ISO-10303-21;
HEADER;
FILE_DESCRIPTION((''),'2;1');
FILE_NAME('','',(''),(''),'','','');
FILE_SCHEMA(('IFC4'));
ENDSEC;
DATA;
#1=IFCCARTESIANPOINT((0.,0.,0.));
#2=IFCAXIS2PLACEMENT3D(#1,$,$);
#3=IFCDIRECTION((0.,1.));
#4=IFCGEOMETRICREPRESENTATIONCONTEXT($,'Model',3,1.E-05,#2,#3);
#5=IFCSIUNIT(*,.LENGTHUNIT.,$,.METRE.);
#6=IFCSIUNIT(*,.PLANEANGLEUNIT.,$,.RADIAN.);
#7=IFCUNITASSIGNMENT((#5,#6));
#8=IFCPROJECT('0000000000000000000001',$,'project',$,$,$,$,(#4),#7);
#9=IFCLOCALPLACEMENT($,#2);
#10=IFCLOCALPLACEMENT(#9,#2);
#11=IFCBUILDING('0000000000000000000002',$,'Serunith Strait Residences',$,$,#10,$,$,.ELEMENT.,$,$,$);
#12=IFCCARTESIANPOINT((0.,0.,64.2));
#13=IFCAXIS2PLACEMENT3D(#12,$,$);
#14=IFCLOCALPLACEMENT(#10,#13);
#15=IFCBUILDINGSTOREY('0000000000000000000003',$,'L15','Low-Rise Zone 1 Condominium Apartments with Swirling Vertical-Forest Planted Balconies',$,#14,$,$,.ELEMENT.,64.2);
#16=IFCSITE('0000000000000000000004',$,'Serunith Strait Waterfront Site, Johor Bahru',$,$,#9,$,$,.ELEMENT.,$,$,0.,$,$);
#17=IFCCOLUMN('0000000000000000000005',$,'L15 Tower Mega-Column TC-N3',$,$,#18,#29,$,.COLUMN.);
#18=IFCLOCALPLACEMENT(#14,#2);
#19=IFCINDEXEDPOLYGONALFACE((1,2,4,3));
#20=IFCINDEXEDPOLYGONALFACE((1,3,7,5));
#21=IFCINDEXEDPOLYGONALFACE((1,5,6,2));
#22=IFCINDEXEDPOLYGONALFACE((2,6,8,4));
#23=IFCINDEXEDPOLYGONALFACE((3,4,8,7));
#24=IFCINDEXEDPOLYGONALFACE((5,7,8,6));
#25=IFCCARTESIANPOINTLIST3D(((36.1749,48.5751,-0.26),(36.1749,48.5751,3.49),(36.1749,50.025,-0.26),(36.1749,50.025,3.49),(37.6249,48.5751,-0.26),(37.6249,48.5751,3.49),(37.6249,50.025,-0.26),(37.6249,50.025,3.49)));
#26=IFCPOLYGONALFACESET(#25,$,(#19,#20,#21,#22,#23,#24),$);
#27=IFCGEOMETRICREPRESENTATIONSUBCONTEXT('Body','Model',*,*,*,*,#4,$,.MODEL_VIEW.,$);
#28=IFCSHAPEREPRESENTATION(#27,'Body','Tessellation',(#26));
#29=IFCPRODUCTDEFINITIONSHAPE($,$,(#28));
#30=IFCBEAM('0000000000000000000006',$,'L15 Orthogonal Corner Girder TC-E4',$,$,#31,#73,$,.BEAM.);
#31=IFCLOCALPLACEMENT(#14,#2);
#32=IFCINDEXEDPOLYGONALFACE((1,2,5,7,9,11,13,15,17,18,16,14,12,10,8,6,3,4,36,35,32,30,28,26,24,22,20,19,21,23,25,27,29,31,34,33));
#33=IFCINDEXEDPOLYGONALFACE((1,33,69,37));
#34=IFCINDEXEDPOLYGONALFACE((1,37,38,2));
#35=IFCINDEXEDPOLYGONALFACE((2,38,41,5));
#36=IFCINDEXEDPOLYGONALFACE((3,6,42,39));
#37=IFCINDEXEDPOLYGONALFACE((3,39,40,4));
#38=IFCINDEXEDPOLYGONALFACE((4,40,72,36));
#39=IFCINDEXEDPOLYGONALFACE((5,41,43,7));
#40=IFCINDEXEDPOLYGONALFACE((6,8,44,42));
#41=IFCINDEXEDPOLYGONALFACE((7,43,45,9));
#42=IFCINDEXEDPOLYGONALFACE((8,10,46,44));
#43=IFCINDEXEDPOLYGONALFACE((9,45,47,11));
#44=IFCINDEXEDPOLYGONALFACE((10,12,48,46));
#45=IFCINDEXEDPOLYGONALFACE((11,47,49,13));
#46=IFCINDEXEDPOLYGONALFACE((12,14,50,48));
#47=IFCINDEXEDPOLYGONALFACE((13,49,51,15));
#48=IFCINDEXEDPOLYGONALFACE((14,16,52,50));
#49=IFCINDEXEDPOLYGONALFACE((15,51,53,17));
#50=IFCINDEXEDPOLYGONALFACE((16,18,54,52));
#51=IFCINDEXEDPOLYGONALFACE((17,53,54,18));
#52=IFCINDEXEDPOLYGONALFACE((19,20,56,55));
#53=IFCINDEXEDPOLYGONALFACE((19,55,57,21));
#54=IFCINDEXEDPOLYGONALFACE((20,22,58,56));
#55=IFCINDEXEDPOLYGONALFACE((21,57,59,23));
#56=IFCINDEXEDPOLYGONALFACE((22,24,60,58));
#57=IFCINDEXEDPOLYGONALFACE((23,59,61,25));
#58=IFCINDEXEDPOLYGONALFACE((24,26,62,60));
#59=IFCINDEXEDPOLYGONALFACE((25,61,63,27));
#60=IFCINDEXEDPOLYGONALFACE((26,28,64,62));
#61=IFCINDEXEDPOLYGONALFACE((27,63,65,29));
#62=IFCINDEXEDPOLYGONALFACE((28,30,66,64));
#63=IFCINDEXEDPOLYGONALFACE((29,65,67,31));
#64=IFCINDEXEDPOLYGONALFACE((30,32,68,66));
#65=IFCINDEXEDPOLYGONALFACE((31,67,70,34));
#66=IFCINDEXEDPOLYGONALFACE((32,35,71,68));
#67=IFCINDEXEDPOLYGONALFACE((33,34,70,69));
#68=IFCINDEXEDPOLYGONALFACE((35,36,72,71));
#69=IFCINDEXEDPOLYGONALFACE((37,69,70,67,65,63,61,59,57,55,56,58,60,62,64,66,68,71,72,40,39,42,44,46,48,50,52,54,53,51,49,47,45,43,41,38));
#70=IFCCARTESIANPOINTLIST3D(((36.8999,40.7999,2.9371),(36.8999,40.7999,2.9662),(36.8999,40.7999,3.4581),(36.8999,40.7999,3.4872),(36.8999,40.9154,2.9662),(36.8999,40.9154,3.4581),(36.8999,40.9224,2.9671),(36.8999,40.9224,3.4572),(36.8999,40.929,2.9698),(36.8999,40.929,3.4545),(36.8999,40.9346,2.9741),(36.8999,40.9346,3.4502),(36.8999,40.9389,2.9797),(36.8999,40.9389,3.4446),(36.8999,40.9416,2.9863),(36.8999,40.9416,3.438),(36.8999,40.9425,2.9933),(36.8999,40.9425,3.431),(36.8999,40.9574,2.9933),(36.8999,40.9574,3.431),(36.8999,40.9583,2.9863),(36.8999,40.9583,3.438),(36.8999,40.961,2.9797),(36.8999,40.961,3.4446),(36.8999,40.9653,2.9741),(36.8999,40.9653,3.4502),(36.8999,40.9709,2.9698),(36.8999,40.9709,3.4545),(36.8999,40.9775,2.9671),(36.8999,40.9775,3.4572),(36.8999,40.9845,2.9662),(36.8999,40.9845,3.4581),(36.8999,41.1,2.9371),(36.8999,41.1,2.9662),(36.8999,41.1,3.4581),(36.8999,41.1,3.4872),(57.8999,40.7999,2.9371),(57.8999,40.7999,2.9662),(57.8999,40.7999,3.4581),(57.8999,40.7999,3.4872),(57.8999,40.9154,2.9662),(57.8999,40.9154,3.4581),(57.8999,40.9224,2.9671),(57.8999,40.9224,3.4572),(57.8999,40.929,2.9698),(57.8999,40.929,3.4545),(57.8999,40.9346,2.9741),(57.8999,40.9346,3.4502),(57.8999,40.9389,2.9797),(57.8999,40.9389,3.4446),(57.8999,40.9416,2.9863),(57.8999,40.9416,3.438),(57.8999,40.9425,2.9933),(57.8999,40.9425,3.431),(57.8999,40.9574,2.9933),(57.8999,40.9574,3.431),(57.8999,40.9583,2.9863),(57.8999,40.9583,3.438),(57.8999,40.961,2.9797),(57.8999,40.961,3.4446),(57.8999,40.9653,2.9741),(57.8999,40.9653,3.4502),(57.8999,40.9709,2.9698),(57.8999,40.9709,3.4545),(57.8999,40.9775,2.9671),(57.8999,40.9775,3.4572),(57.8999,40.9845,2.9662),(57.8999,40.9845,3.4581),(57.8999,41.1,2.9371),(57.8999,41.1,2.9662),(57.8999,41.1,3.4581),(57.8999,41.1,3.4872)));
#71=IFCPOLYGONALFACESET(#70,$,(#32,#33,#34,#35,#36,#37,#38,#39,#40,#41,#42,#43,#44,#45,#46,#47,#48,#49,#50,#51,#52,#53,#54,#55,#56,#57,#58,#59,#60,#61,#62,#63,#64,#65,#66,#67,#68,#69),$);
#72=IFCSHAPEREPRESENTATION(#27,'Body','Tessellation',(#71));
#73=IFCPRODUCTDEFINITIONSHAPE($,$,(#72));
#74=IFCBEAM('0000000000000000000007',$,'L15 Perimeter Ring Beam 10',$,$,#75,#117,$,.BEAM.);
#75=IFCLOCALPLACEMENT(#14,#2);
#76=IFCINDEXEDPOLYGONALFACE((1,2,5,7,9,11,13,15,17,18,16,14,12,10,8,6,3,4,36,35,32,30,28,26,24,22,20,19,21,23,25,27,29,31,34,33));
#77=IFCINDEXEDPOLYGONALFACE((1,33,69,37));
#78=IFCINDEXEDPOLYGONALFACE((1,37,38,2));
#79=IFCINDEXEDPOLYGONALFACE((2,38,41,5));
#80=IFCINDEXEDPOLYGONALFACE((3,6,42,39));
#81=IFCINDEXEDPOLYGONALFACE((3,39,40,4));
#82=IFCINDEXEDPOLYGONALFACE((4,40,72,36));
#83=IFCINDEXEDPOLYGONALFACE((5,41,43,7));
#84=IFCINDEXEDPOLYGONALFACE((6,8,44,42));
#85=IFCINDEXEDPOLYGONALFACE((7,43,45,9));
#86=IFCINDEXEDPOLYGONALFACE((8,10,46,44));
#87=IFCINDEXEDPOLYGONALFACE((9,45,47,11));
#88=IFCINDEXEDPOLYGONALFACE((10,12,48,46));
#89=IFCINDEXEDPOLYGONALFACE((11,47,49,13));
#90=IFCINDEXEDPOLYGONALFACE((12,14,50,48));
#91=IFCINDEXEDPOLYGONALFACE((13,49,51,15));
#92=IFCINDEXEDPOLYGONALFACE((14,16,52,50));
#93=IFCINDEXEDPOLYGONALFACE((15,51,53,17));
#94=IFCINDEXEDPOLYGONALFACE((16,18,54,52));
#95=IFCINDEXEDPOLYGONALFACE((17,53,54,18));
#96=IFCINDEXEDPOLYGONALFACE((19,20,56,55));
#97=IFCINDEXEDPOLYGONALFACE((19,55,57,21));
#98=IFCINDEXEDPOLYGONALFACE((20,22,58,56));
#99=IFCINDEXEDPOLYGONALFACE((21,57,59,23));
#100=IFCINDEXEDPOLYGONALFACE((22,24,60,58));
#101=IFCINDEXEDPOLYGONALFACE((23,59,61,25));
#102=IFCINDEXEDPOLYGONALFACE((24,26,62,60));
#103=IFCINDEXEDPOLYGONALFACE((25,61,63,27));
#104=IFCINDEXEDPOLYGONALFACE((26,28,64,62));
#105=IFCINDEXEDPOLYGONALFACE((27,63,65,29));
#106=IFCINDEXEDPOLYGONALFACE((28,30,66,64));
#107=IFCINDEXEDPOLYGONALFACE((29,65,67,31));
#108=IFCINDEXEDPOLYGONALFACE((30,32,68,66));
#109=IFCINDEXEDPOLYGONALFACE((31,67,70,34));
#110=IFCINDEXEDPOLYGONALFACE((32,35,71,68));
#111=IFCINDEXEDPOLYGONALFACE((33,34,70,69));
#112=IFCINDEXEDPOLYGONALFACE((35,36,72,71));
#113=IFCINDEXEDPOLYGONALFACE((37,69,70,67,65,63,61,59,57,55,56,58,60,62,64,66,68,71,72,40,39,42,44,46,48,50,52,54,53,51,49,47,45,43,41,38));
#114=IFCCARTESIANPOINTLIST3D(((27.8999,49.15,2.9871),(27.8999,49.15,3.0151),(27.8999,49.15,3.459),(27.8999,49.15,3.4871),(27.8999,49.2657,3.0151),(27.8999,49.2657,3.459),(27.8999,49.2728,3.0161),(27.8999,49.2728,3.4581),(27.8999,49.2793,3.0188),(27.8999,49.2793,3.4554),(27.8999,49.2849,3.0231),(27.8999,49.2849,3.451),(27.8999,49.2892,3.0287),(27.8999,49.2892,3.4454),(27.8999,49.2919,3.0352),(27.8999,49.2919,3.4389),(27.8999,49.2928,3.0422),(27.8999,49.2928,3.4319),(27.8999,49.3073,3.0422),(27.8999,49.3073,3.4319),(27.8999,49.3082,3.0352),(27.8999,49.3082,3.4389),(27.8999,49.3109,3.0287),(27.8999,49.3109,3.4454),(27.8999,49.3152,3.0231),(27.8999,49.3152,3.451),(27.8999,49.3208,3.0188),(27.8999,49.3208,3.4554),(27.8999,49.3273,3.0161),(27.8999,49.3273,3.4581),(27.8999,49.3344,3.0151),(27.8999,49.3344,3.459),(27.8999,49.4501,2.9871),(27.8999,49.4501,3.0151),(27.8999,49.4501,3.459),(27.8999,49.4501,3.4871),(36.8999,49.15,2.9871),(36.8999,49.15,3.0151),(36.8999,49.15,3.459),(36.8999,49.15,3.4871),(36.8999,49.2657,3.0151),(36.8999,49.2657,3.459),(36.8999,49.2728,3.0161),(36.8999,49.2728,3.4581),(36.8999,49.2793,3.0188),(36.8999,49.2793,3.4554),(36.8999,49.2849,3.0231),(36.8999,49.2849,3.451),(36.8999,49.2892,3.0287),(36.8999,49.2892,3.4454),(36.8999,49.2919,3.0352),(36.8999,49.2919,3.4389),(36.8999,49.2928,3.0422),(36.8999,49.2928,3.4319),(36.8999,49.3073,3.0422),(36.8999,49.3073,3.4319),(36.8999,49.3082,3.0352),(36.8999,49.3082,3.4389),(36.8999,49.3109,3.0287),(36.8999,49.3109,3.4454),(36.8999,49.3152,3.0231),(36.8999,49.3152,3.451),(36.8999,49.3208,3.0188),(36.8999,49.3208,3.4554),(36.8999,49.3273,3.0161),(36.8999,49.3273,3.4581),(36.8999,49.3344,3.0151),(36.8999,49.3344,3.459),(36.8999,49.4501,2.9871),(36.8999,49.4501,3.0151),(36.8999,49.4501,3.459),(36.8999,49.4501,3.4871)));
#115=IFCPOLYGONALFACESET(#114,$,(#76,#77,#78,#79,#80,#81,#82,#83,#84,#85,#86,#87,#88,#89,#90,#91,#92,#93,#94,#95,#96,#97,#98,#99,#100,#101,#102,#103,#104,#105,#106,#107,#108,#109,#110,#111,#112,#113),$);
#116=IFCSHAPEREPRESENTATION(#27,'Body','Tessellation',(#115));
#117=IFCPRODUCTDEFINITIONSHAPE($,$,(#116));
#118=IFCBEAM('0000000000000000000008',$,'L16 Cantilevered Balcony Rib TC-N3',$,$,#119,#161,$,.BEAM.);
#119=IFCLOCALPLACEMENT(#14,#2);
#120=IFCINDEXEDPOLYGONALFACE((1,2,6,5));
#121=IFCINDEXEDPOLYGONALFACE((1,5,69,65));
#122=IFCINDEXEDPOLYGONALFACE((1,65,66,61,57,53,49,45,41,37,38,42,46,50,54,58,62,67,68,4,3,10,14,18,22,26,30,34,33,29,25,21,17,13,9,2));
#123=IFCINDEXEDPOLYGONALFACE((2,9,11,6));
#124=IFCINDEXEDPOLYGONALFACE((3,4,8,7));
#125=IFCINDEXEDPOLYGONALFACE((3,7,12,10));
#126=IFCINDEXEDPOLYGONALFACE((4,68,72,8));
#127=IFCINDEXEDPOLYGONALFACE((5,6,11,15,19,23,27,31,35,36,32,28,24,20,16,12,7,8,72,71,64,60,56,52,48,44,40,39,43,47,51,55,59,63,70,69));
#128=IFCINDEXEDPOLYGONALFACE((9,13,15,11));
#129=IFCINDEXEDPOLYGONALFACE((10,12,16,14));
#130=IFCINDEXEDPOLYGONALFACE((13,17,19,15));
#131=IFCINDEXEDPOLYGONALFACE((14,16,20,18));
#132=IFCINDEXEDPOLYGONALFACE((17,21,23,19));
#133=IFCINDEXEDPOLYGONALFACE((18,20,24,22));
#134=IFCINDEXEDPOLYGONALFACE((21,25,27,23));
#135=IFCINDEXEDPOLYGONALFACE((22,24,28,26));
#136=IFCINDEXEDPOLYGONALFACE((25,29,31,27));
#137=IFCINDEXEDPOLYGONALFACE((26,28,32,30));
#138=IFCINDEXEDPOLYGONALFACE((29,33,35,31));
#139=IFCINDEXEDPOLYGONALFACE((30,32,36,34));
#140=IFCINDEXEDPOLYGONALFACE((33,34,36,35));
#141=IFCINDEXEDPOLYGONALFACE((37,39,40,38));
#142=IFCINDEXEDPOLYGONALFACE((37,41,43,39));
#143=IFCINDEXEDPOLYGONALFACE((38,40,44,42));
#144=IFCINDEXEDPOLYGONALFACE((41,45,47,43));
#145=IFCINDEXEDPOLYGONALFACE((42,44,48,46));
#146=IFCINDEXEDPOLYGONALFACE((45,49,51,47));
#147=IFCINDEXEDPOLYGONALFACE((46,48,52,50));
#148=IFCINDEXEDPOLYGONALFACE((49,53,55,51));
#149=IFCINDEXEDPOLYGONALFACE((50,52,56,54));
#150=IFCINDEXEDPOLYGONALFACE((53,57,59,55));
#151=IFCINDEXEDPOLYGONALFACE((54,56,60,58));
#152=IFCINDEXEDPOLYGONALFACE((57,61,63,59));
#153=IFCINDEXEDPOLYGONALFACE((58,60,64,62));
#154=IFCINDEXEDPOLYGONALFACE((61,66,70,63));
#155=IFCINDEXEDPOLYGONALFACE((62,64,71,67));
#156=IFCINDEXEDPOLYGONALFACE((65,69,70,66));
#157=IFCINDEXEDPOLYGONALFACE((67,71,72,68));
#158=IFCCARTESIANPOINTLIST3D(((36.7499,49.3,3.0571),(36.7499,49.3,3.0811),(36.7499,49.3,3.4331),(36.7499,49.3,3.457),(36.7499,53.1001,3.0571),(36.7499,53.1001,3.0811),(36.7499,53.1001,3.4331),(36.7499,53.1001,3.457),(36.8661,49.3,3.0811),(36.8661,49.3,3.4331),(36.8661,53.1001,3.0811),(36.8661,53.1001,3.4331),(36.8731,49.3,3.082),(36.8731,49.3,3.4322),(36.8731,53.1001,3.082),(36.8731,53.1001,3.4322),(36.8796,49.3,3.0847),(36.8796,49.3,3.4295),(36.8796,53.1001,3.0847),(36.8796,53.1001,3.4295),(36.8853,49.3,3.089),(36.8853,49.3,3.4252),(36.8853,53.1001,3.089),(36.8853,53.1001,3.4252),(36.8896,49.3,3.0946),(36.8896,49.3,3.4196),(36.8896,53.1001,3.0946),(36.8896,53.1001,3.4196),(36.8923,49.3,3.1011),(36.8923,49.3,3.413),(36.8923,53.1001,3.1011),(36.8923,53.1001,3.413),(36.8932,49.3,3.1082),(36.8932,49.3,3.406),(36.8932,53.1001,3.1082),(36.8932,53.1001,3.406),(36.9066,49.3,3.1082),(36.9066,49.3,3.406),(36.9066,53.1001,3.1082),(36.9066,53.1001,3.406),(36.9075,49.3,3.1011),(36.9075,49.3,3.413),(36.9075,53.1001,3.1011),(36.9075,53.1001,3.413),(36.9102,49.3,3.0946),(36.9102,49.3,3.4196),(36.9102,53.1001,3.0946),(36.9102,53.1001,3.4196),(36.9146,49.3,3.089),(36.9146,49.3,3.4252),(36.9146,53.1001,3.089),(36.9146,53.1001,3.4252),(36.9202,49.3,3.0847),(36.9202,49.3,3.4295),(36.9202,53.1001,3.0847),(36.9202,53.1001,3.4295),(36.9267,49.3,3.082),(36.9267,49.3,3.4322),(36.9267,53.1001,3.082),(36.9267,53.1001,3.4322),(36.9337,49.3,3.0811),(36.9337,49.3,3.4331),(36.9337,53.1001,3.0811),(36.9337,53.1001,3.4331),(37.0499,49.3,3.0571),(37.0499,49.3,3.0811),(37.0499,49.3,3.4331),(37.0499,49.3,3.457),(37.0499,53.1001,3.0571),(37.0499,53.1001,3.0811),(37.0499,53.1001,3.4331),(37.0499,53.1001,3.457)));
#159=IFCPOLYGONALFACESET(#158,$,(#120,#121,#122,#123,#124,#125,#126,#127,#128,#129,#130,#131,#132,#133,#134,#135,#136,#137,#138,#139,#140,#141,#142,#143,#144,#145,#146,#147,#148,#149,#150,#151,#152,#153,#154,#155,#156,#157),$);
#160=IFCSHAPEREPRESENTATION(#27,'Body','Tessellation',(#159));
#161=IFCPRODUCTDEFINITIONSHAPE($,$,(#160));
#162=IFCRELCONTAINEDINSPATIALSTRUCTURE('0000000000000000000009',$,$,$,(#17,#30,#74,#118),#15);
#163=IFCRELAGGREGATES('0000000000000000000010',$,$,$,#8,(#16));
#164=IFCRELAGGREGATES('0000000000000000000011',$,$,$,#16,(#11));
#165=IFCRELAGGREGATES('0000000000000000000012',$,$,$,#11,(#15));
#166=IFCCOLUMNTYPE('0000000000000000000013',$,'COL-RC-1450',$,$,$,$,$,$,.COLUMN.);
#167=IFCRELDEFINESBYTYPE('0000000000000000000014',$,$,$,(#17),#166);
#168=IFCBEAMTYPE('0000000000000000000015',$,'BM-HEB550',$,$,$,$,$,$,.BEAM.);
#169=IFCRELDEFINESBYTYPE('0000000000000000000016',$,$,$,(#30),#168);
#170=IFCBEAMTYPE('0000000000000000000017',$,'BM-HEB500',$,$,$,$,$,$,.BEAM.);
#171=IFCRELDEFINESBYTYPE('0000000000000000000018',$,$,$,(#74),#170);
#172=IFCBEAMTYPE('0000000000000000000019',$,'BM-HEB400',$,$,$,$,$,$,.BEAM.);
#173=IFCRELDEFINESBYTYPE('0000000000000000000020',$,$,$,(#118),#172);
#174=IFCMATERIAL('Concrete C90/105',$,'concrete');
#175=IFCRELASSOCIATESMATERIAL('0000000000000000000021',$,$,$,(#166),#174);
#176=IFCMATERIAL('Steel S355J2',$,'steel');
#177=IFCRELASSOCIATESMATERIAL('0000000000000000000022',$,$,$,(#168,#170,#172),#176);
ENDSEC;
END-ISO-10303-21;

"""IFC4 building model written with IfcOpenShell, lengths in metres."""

from ifc_helpers import new_model, si_unit, direction, frame, origin, origin_2d, place, context, subcontext, project, spatial, rectangle, i_section, extrude, source, transform, mapped, material, material_profile, profile_set, type_object, element, save


model = new_model("IFC4")

# Units and contexts
model_context = context("Model", 3, precision=1e-05, world=origin(), true_north=direction((0.0, 1.0)))
body_context = subcontext(model_context, "Body", "Model", "MODEL_VIEW")
ifc_project = project(units=[si_unit("LENGTHUNIT", "METRE"), si_unit("PLANEANGLEUNIT", "RADIAN")], contexts=[model_context])

# Site, building, storey
site_placement = place(None, origin())
site = spatial("IfcSite", under=ifc_project, at=site_placement, Name="Serunith Strait Waterfront Site, Johor Bahru", CompositionType="ELEMENT", RefElevation=0.0)
building_placement = place(site_placement, origin())
building = spatial("IfcBuilding", under=site, at=building_placement, Name="Serunith Strait Residences", CompositionType="ELEMENT")
storey_placement = place(building_placement, frame((0.0, 0.0, 64.2)))
storey = spatial("IfcBuildingStorey", under=building, at=storey_placement, Name="L15", Description="Low-Rise Zone 1 Condominium Apartments with Swirling Vertical-Forest Planted Balconies", CompositionType="ELEMENT", Elevation=64.2)

# Column
ifc_material_1 = material(Name="Concrete C90/105", Category="concrete")
ifc_material_profile_1 = material_profile(ifc_material_1, rectangle(XDim=1.45, YDim=1.45, at=origin_2d()), Name="RC 1450x1450")
ifc_profile_set_1 = profile_set([ifc_material_profile_1], Name="Concrete C90/105")
column_type = type_object("IfcColumnType", Name="COL-RC-1450", PredefinedType="COLUMN", material=ifc_profile_set_1)
shared_shape_1 = source(origin(), body_context, "Body", "SweptSolid", [
    extrude(rectangle(XDim=1.45, YDim=1.45, at=origin_2d()), origin(), (0.0, 0.0, 1.0), 3.75),
])
column_placement = place(storey_placement, frame((36.8999, 49.3, -0.26), z_axis=(0.0, 0.0, 1.0), x_axis=(1.0, 0.0, 0.0)))
element("IfcColumn", 1, at=column_placement, inside=storey, type_object=column_type, Name="L15 Tower Mega-Column TC-N3", PredefinedType="COLUMN", context=body_context, shape_type="MappedRepresentation", body=[
    mapped(shared_shape_1, transform((0.0, 0.0, 0.0), scale=1.0)),
])

# Beams
ifc_material_2 = material(Name="Steel S355J2", Category="steel")
ifc_material_profile_2 = material_profile(ifc_material_2, i_section(OverallWidth=0.3, OverallDepth=0.55, WebThickness=0.0149, FlangeThickness=0.0291, FilletRadius=0.0271, at=origin_2d()), Name="HEB 550")
ifc_profile_set_2 = profile_set([ifc_material_profile_2], Name="Steel S355J2")
beam_type_1 = type_object("IfcBeamType", Name="BM-HEB550", PredefinedType="BEAM", material=ifc_profile_set_2)
shared_shape_2 = source(origin(), body_context, "Body", "SweptSolid", [
    extrude(i_section(OverallWidth=0.3, OverallDepth=0.55, WebThickness=0.0149, FlangeThickness=0.0291, FilletRadius=0.0271, at=origin_2d()), origin(), (0.0, 0.0, 1.0), 21.0),
])
beam_1_placement = place(storey_placement, frame((36.8999, 40.95, 3.2122), z_axis=(1.0, 0.0, 0.0), x_axis=(0.0, 1.0, 0.0)))
element("IfcBeam", 2, at=beam_1_placement, inside=storey, type_object=beam_type_1, Name="L15 Orthogonal Corner Girder TC-E4", PredefinedType="BEAM", context=body_context, shape_type="MappedRepresentation", body=[
    mapped(shared_shape_2, transform((0.0, 0.0, 0.0), scale=1.0)),
])
ifc_material_profile_3 = material_profile(ifc_material_2, i_section(OverallWidth=0.3, OverallDepth=0.5, WebThickness=0.0144, FlangeThickness=0.0281, FilletRadius=0.0271, at=origin_2d()), Name="HEB 500")
ifc_profile_set_3 = profile_set([ifc_material_profile_3], Name="Steel S355J2")
beam_type_2 = type_object("IfcBeamType", Name="BM-HEB500", PredefinedType="BEAM", material=ifc_profile_set_3)
shared_shape_3 = source(origin(), body_context, "Body", "SweptSolid", [
    extrude(i_section(OverallWidth=0.3, OverallDepth=0.5, WebThickness=0.0144, FlangeThickness=0.0281, FilletRadius=0.0271, at=origin_2d()), origin(), (0.0, 0.0, 1.0), 9.0),
])
beam_2_placement = place(storey_placement, frame((36.8999, 49.3, 3.2371), z_axis=(-1.0, 0.0, 0.0), x_axis=(0.0, -1.0, 0.0)))
element("IfcBeam", 3, at=beam_2_placement, inside=storey, type_object=beam_type_2, Name="L15 Perimeter Ring Beam 10", PredefinedType="BEAM", context=body_context, shape_type="MappedRepresentation", body=[
    mapped(shared_shape_3, transform((0.0, 0.0, 0.0), scale=1.0)),
])
ifc_material_profile_4 = material_profile(ifc_material_2, i_section(OverallWidth=0.3, OverallDepth=0.3999, WebThickness=0.0134, FlangeThickness=0.0239, FilletRadius=0.0271, at=origin_2d()), Name="HEB 400")
ifc_profile_set_4 = profile_set([ifc_material_profile_4], Name="Steel S355J2")
beam_type_3 = type_object("IfcBeamType", Name="BM-HEB400", PredefinedType="BEAM", material=ifc_profile_set_4)
shared_shape_4 = source(origin(), body_context, "Body", "SweptSolid", [
    extrude(i_section(OverallWidth=0.3, OverallDepth=0.3999, WebThickness=0.0134, FlangeThickness=0.0239, FilletRadius=0.0271, at=origin_2d()), origin(), (0.0, 0.0, 1.0), 3.8),
])
beam_3_placement = place(storey_placement, frame((36.8999, 49.3, 3.2571), z_axis=(0.0, 1.0, 0.0), x_axis=(-1.0, 0.0, 0.0)))
element("IfcBeam", 4, at=beam_3_placement, inside=storey, type_object=beam_type_3, Name="L16 Cantilevered Balcony Rib TC-N3", PredefinedType="BEAM", context=body_context, shape_type="MappedRepresentation", body=[
    mapped(shared_shape_4, transform((0.0, 0.0, 0.0), scale=1.0)),
])

save(model, "model.ifc")
